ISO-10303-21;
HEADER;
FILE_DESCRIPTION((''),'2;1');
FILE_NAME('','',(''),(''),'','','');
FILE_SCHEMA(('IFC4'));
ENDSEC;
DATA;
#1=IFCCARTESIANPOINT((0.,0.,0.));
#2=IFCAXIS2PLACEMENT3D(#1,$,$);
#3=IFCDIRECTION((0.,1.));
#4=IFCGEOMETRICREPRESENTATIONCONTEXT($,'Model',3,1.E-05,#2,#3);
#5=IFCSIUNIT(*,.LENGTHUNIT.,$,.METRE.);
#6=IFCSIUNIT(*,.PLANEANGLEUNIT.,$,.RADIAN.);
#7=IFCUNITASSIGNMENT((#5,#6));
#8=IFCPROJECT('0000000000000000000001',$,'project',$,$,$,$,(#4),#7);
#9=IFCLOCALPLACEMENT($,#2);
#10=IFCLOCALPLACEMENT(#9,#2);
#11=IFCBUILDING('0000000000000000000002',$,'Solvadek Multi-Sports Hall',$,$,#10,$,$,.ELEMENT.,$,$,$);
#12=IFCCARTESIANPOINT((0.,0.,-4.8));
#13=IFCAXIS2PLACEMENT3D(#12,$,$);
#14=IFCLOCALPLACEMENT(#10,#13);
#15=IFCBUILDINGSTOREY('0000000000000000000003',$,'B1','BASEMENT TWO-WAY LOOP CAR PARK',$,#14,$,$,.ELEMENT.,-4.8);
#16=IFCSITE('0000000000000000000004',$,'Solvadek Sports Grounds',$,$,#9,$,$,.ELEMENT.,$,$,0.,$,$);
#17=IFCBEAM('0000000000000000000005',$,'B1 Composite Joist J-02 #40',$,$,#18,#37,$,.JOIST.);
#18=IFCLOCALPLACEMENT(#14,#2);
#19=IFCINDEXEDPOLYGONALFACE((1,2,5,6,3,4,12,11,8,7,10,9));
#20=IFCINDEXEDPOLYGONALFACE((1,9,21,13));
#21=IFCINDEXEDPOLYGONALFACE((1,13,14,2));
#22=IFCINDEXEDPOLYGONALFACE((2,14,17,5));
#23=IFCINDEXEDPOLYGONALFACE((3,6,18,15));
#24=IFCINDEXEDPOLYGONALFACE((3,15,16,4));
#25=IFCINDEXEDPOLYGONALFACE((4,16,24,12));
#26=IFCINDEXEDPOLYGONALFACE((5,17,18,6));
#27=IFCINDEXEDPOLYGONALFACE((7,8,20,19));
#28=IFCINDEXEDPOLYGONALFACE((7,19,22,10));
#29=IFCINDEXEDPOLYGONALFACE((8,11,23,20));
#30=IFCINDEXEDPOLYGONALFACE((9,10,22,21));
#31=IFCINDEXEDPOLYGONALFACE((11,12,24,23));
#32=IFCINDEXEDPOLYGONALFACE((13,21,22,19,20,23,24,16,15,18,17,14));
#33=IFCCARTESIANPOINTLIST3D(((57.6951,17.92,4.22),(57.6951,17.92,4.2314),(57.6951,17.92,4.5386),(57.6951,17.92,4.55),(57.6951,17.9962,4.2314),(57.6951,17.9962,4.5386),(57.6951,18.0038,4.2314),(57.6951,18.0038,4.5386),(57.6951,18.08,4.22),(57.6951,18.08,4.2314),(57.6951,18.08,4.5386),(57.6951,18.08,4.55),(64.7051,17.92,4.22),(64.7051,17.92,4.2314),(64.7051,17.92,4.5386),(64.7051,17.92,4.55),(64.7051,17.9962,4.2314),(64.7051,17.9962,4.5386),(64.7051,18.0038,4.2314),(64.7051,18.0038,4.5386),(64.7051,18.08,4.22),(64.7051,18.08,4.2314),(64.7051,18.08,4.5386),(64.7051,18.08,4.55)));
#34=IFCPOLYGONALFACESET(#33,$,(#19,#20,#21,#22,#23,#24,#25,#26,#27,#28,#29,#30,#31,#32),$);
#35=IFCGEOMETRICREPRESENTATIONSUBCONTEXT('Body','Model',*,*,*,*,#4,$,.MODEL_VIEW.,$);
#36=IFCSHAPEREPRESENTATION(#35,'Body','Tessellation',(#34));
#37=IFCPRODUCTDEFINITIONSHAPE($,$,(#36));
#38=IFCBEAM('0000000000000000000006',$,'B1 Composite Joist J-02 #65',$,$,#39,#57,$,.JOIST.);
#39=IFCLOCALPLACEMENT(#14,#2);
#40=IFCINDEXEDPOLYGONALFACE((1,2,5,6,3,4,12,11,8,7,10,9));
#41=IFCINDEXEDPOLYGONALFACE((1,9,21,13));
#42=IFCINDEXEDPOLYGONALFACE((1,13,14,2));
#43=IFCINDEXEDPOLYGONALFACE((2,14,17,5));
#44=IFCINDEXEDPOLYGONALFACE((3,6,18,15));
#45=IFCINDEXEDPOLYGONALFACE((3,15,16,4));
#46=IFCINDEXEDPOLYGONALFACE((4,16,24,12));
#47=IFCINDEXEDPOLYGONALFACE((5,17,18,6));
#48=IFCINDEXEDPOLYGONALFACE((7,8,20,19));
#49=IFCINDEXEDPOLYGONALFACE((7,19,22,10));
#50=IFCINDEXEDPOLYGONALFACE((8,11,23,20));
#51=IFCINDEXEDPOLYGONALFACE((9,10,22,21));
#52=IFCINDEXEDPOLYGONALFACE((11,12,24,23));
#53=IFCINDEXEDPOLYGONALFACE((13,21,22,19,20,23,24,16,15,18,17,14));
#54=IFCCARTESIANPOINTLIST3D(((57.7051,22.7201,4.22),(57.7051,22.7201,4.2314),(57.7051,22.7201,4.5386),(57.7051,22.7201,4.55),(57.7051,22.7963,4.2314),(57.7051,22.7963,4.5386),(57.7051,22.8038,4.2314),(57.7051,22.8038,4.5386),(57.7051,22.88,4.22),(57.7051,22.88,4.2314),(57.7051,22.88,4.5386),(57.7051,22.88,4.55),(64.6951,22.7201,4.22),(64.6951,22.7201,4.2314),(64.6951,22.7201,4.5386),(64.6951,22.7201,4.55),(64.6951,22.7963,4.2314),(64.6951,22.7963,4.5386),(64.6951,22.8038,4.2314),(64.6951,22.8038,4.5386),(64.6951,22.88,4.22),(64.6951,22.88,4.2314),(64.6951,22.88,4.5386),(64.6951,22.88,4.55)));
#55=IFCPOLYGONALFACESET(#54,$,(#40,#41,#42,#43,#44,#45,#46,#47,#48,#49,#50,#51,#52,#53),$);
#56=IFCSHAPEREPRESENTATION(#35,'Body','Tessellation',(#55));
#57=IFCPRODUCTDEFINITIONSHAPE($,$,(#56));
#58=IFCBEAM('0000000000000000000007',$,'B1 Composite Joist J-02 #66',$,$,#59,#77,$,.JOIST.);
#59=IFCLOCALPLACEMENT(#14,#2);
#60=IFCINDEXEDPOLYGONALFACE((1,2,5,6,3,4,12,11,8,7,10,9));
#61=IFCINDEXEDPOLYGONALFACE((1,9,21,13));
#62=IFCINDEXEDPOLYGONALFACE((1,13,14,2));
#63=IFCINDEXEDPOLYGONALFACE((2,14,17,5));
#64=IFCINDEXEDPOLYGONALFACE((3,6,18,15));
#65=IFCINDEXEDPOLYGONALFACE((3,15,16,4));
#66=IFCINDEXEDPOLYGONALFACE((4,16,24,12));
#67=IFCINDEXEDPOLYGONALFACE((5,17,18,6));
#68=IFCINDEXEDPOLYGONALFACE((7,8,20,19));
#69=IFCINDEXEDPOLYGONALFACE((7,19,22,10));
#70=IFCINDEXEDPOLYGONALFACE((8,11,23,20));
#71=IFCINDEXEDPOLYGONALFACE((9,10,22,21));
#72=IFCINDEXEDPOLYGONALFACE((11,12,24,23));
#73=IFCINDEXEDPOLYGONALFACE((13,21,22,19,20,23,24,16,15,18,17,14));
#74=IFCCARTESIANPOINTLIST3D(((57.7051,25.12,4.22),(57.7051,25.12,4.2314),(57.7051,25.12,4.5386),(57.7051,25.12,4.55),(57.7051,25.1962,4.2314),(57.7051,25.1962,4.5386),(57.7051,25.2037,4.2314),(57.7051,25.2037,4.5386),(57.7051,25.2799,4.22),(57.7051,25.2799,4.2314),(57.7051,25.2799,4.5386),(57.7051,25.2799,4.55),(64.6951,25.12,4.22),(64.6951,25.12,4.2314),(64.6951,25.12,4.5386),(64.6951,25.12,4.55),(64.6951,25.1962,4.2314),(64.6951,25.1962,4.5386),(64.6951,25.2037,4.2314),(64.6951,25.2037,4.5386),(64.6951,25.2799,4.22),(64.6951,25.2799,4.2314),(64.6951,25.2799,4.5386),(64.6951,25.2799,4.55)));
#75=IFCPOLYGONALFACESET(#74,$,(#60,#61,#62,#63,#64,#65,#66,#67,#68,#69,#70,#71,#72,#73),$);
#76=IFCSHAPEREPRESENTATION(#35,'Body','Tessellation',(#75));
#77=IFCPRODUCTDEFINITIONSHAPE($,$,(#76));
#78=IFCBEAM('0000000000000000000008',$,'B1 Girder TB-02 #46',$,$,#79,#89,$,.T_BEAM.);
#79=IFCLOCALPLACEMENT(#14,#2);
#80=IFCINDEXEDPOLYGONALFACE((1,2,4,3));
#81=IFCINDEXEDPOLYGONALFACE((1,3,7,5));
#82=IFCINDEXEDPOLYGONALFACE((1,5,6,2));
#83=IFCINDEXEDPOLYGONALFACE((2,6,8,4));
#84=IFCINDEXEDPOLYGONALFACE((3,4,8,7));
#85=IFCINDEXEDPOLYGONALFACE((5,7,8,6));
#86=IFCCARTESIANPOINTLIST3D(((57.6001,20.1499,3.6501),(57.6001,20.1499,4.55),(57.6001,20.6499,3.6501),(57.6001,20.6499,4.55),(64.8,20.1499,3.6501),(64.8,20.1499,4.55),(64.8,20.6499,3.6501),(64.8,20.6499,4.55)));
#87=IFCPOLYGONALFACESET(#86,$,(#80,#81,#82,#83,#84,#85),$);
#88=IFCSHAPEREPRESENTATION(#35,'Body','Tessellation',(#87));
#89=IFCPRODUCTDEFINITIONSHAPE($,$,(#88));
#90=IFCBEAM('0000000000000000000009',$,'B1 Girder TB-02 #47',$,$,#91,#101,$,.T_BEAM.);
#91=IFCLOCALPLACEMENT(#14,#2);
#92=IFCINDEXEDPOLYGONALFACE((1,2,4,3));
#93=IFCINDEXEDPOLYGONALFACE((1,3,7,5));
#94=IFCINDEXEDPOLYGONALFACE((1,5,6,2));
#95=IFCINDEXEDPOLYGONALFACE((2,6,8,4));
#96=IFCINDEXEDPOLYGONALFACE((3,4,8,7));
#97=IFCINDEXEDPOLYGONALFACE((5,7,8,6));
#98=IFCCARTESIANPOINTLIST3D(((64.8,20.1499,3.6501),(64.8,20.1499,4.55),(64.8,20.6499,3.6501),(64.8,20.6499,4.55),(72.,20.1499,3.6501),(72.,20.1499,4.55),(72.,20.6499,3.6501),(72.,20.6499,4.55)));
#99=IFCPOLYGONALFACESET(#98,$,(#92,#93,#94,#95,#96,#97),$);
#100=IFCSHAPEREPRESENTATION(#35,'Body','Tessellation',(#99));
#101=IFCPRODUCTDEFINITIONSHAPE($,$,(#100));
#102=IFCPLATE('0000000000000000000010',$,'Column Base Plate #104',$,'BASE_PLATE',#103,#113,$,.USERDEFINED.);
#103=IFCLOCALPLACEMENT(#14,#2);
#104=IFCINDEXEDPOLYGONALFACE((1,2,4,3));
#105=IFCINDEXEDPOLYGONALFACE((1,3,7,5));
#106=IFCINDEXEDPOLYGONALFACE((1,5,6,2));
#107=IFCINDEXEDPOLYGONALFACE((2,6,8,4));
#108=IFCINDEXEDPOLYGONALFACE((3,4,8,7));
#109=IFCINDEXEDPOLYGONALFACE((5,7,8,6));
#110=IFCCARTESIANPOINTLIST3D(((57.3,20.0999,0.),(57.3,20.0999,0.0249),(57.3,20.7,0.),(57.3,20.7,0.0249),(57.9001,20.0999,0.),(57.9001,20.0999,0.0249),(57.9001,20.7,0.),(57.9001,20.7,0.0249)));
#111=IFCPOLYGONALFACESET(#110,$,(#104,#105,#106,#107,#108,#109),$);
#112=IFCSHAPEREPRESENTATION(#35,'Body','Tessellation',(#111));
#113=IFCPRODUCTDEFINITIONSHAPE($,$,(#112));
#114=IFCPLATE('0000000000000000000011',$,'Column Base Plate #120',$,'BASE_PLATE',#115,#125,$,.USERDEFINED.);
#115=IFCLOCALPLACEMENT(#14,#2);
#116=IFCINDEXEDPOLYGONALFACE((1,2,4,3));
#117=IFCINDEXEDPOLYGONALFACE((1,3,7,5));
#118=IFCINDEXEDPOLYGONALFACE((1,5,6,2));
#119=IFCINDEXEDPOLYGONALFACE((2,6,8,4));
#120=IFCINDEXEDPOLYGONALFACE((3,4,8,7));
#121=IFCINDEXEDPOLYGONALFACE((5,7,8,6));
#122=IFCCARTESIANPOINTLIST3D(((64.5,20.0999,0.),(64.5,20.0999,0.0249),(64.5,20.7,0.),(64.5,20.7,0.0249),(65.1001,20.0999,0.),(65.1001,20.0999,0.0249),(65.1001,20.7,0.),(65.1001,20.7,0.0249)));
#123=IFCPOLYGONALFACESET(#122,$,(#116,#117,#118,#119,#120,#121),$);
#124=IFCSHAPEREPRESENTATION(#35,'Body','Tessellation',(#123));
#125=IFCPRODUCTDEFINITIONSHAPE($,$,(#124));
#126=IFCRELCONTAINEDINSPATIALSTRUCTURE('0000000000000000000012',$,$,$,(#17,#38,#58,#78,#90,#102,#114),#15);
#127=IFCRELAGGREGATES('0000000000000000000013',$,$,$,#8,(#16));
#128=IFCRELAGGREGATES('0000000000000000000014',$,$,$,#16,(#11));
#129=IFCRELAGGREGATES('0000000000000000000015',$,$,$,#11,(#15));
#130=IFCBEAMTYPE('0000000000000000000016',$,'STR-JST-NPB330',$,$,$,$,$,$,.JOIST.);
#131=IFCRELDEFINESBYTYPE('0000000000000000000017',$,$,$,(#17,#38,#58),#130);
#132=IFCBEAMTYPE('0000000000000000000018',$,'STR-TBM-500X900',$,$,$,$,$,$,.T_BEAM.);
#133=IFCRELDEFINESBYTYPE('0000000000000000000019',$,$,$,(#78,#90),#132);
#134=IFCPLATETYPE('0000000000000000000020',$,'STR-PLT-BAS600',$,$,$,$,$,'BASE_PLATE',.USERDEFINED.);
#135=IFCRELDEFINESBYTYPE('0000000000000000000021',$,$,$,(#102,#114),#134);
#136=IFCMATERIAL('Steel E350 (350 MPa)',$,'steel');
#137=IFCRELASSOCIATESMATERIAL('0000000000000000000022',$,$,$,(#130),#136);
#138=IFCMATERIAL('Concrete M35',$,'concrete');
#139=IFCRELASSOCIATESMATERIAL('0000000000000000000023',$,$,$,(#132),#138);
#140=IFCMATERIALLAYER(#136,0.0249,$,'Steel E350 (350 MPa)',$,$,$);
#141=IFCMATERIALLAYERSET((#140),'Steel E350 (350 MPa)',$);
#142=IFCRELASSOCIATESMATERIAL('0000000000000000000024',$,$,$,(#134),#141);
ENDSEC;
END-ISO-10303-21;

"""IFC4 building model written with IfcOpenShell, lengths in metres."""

from ifc_helpers import new_model, si_unit, direction, frame, origin, origin_2d, place, context, subcontext, project, spatial, rectangle, i_section, extrude, material, layer, layer_set, material_profile, profile_set, type_object, element, save


model = new_model("IFC4")

# Units and contexts
model_context = context("Model", 3, precision=1e-05, world=origin(), true_north=direction((0.0, 1.0)))
body_context = subcontext(model_context, "Body", "Model", "MODEL_VIEW")
ifc_project = project(units=[si_unit("LENGTHUNIT", "METRE"), si_unit("PLANEANGLEUNIT", "RADIAN")], contexts=[model_context])

# Site, building, storey
site_placement = place(None, origin())
site = spatial("IfcSite", under=ifc_project, at=site_placement, Name="Solvadek Sports Grounds", CompositionType="ELEMENT", RefElevation=0.0)
building_placement = place(site_placement, origin())
building = spatial("IfcBuilding", under=site, at=building_placement, Name="Solvadek Multi-Sports Hall", CompositionType="ELEMENT")
storey_placement = place(building_placement, frame((0.0, 0.0, -4.8)))
storey = spatial("IfcBuildingStorey", under=building, at=storey_placement, Name="B1", Description="BASEMENT TWO-WAY LOOP CAR PARK", CompositionType="ELEMENT", Elevation=-4.8)

# Shared definitions
ifc_material_1 = material(Name="Concrete M35", Category="concrete")

# Shared definitions
ifc_material_2 = material(Name="Steel E350 (350 MPa)", Category="steel")

# Beams
ifc_material_profile_1 = material_profile(ifc_material_2, i_section(OverallWidth=0.1599, OverallDepth=0.3301, WebThickness=0.0076, FlangeThickness=0.0115, at=origin_2d()), Name="NPB 330")
ifc_profile_set_1 = profile_set([ifc_material_profile_1], Name="Steel E350 (350 MPa)")
beam_type_1 = type_object("IfcBeamType", Name="STR-JST-NPB330", PredefinedType="JOIST", material=ifc_profile_set_1)
for number, where, z_axis, x_axis, name in (
    (1, (57.6951, 18.0, 4.385), (1.0, 0.0, 0.0), (0.0, 1.0, 0.0), "B1 Composite Joist J-02 #40"),
):
    element("IfcBeam", number, at=place(storey_placement, frame(where, z_axis=z_axis, x_axis=x_axis)), inside=storey, type_object=beam_type_1, Name=name, PredefinedType="JOIST", context=body_context, shape_type="SweptSolid", body=[
        extrude(i_section(OverallWidth=0.1599, OverallDepth=0.3301, WebThickness=0.0076, FlangeThickness=0.0115, at=origin_2d()), origin(), (0.0, 0.0, 1.0), 7.01),
    ])
for number, where, z_axis, x_axis, name in (
    (2, (57.7051, 22.8, 4.385), (1.0, 0.0, 0.0), (0.0, 1.0, 0.0), "B1 Composite Joist J-02 #65"),
    (3, (57.7051, 25.2, 4.385), (1.0, 0.0, 0.0), (0.0, 1.0, 0.0), "B1 Composite Joist J-02 #66"),
):
    element("IfcBeam", number, at=place(storey_placement, frame(where, z_axis=z_axis, x_axis=x_axis)), inside=storey, type_object=beam_type_1, Name=name, PredefinedType="JOIST", context=body_context, shape_type="SweptSolid", body=[
        extrude(i_section(OverallWidth=0.1599, OverallDepth=0.3301, WebThickness=0.0076, FlangeThickness=0.0115, at=origin_2d()), origin(), (0.0, 0.0, 1.0), 6.99),
    ])
ifc_material_profile_2 = material_profile(ifc_material_1, rectangle(XDim=0.5, YDim=0.8999, at=origin_2d()), Name="RC T-BEAM 500x900")
ifc_profile_set_2 = profile_set([ifc_material_profile_2], Name="Concrete M35")
beam_type_2 = type_object("IfcBeamType", Name="STR-TBM-500X900", PredefinedType="T_BEAM", material=ifc_profile_set_2)
for number, where, z_axis, x_axis, name in (
    (4, (57.6001, 20.3999, 4.1001), (1.0, 0.0, 0.0), (0.0, 1.0, 0.0), "B1 Girder TB-02 #46"),
    (5, (64.8, 20.3999, 4.1001), (1.0, 0.0, 0.0), (0.0, 1.0, 0.0), "B1 Girder TB-02 #47"),
):
    element("IfcBeam", number, at=place(storey_placement, frame(where, z_axis=z_axis, x_axis=x_axis)), inside=storey, type_object=beam_type_2, Name=name, PredefinedType="T_BEAM", context=body_context, shape_type="SweptSolid", body=[
        extrude(rectangle(XDim=0.5, YDim=0.8999, at=origin_2d()), origin(), (0.0, 0.0, 1.0), 7.2),
    ])

# Plates
ifc_layer = layer(ifc_material_2, 0.0249, Name="Steel E350 (350 MPa)")
ifc_layer_set = layer_set([ifc_layer], Name="Steel E350 (350 MPa)")
plate_type = type_object("IfcPlateType", Name="STR-PLT-BAS600", ElementType="BASE_PLATE", PredefinedType="USERDEFINED", material=ifc_layer_set)
for number, where, z_axis, x_axis, name in (
    (6, (57.6001, 20.3999, 0.0), (0.0, 0.0, 1.0), (1.0, 0.0, 0.0), "Column Base Plate #104"),
    (7, (64.8, 20.3999, 0.0), (0.0, 0.0, 1.0), (1.0, 0.0, 0.0), "Column Base Plate #120"),
):
    element("IfcPlate", number, at=place(storey_placement, frame(where, z_axis=z_axis, x_axis=x_axis)), inside=storey, type_object=plate_type, Name=name, ObjectType="BASE_PLATE", PredefinedType="USERDEFINED", context=body_context, shape_type="SweptSolid", body=[
        extrude(rectangle(XDim=0.6001, YDim=0.6001, at=origin_2d()), origin(), (0.0, 0.0, 1.0), 0.0249),
    ])

save(model, "model.ifc")
